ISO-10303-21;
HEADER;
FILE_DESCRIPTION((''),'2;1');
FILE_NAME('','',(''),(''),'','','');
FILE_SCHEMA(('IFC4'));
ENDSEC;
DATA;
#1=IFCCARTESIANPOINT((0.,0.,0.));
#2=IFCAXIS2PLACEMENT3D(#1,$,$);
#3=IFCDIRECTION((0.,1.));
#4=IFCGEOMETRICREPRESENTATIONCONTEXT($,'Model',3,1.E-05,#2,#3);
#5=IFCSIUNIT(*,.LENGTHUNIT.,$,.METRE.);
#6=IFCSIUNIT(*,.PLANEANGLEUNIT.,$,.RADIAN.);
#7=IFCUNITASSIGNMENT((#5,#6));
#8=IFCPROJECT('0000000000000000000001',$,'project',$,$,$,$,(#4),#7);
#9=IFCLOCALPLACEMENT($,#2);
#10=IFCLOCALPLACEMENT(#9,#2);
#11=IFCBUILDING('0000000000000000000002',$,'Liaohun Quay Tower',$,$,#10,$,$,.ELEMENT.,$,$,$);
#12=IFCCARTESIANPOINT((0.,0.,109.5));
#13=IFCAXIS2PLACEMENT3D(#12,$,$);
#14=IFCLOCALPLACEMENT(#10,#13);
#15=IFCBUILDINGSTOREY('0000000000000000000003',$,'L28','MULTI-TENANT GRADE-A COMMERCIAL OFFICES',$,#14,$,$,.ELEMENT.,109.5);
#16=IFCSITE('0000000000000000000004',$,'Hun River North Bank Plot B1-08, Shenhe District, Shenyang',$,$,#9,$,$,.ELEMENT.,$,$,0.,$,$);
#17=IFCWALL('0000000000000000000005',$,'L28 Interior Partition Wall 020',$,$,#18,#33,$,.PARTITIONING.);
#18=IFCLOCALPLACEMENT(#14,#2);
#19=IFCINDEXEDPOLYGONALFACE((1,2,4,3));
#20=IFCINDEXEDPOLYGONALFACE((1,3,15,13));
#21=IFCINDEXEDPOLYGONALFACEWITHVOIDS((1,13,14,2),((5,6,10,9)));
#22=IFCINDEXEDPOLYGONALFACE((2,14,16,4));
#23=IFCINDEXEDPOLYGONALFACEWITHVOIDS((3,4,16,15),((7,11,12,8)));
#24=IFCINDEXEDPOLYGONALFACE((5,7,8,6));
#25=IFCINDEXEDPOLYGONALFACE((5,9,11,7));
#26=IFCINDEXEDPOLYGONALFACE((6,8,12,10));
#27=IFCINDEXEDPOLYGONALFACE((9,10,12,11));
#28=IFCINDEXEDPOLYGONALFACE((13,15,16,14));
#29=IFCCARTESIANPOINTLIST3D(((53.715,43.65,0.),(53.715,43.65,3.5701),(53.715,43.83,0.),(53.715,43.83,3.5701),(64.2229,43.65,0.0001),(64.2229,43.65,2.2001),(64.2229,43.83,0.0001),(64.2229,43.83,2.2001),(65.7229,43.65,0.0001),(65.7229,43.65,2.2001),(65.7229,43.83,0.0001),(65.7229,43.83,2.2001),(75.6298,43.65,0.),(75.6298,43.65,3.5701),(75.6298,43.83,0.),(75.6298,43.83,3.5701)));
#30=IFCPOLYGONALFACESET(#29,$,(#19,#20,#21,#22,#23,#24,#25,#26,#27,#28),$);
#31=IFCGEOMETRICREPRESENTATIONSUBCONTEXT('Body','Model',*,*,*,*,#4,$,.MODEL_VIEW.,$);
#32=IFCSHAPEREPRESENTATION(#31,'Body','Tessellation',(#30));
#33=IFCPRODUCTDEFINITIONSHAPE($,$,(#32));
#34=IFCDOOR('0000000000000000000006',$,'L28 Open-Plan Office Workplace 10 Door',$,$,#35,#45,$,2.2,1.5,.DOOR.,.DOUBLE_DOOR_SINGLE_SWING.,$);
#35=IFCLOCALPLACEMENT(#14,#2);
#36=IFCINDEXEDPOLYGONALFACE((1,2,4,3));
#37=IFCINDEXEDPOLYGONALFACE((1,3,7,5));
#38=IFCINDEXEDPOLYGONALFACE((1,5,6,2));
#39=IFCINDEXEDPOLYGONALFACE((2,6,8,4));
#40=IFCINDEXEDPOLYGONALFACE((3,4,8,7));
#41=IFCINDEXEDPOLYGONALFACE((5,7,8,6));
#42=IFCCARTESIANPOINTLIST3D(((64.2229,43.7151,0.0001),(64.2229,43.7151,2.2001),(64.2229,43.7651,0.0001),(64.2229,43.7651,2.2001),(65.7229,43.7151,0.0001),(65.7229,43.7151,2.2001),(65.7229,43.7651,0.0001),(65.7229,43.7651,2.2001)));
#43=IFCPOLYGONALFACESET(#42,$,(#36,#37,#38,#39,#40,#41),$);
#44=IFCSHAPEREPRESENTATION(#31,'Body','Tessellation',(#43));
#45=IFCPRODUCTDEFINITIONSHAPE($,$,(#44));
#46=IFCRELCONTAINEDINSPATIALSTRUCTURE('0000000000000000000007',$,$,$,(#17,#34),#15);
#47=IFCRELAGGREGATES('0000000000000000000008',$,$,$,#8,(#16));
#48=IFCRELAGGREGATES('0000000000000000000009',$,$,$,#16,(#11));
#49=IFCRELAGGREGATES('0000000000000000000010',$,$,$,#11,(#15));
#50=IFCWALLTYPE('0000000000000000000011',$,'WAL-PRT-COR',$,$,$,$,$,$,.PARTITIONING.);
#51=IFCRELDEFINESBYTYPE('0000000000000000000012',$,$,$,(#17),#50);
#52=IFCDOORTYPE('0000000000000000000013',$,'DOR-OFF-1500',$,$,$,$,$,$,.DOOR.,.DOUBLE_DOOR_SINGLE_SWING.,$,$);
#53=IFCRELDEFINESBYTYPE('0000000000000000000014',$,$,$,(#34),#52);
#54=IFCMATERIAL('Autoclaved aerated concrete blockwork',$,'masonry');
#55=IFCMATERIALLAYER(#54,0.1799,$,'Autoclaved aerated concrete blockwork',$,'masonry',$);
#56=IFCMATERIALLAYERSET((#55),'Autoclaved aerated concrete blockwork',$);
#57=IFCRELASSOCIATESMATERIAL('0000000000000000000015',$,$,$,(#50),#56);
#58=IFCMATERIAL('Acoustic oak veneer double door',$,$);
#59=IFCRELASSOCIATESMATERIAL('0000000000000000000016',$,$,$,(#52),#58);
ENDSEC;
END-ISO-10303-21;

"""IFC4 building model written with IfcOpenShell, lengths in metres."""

from ifc_helpers import new_model, si_unit, direction, frame, frame_2d, origin, place, context, subcontext, project, spatial, rectangle, extrude, source, transform, mapped, material, layer, layer_set, type_object, element, fill, save


model = new_model("IFC4")

# Units and contexts
model_context = context("Model", 3, precision=1e-05, world=origin(), true_north=direction((0.0, 1.0)))
body_context = subcontext(model_context, "Body", "Model", "MODEL_VIEW")
ifc_project = project(units=[si_unit("LENGTHUNIT", "METRE"), si_unit("PLANEANGLEUNIT", "RADIAN")], contexts=[model_context])

# Site, building, storey
site_placement = place(None, origin())
site = spatial("IfcSite", under=ifc_project, at=site_placement, Name="Hun River North Bank Plot B1-08, Shenhe District, Shenyang", CompositionType="ELEMENT", RefElevation=0.0)
building_placement = place(site_placement, origin())
building = spatial("IfcBuilding", under=site, at=building_placement, Name="Liaohun Quay Tower", CompositionType="ELEMENT")
storey_placement = place(building_placement, frame((0.0, 0.0, 109.5)))
storey = spatial("IfcBuildingStorey", under=building, at=storey_placement, Name="L28", Description="MULTI-TENANT GRADE-A COMMERCIAL OFFICES", CompositionType="ELEMENT", Elevation=109.5)

# Wall, opening, door
ifc_material_1 = material(Name="Autoclaved aerated concrete blockwork", Category="masonry")
ifc_layer_1 = layer(ifc_material_1, 0.1799, Name="Autoclaved aerated concrete blockwork", Category="masonry")
ifc_layer_set_1 = layer_set([ifc_layer_1], Name="Autoclaved aerated concrete blockwork")
wall_type_1 = type_object("IfcWallType", Name="WAL-PRT-COR", PredefinedType="PARTITIONING", material=ifc_layer_set_1)
wall_1_placement = place(storey_placement, frame((75.6299, 43.74, 0.0), z_axis=(0.0, 0.0, 1.0), x_axis=(-1.0, 0.0, 0.0)))
wall_1 = element("IfcWall", 1, at=wall_1_placement, inside=storey, type_object=wall_type_1, Name="L28 Interior Partition Wall 020", PredefinedType="PARTITIONING", context=body_context, shape_type="SweptSolid", body=[
    extrude(rectangle(XDim=21.9148, YDim=0.1799, at=frame_2d((10.9575, 0.0))), origin(), (0.0, 0.0, 1.0), 3.5701),
])
shared_shape_1 = source(origin(), body_context, "Body", "SweptSolid", [
    extrude(rectangle(XDim=1.5, YDim=2.2, at=frame_2d((0.75, 1.1001))), frame((0.0, 0.0999, 0.0), z_axis=(0.0, -1.0, 0.0), x_axis=(1.0, 0.0, 0.0)), (0.0, 0.0, 1.0), 0.2),
])
opening_1_placement = place(wall_1_placement, frame((9.907, 0.0, 0.0)))
opening_1 = element("IfcOpeningElement", 2, at=opening_1_placement, cuts=wall_1, PredefinedType="OPENING", context=body_context, shape_type="MappedRepresentation", body=[
    mapped(shared_shape_1, transform((0.0, 0.0, 0.0), x_axis=(1.0, 0.0, 0.0), y_axis=(0.0, 1.0, 0.0), z_axis=(0.0, 0.0, 1.0), scale=1.0)),
])
ifc_material_2 = material(Name="Acoustic oak veneer double door")
door_type = type_object("IfcDoorType", Name="DOR-OFF-1500", OperationType="DOUBLE_DOOR_SINGLE_SWING", PredefinedType="DOOR", material=ifc_material_2)
shared_shape_2 = source(origin(), body_context, "Body", "SweptSolid", [
    extrude(rectangle(XDim=1.5, YDim=2.2, at=frame_2d((0.75, 1.1001))), frame((0.0, 0.0249, 0.0), z_axis=(0.0, -1.0, 0.0), x_axis=(1.0, 0.0, 0.0)), (0.0, 0.0, 1.0), 0.05),
])
door_placement = place(opening_1_placement, origin())
door = element("IfcDoor", 3, at=door_placement, inside=storey, type_object=door_type, Name="L28 Open-Plan Office Workplace 10 Door", OperationType="DOUBLE_DOOR_SINGLE_SWING", OverallHeight=2.2, OverallWidth=1.5, PredefinedType="DOOR", context=body_context, shape_type="MappedRepresentation", body=[
    mapped(shared_shape_2, transform((0.0, 0.0, 0.0), x_axis=(1.0, 0.0, 0.0), y_axis=(0.0, 1.0, 0.0), z_axis=(0.0, 0.0, 1.0), scale=1.0)),
])
fill(opening_1, door)

save(model, "model.ifc")
